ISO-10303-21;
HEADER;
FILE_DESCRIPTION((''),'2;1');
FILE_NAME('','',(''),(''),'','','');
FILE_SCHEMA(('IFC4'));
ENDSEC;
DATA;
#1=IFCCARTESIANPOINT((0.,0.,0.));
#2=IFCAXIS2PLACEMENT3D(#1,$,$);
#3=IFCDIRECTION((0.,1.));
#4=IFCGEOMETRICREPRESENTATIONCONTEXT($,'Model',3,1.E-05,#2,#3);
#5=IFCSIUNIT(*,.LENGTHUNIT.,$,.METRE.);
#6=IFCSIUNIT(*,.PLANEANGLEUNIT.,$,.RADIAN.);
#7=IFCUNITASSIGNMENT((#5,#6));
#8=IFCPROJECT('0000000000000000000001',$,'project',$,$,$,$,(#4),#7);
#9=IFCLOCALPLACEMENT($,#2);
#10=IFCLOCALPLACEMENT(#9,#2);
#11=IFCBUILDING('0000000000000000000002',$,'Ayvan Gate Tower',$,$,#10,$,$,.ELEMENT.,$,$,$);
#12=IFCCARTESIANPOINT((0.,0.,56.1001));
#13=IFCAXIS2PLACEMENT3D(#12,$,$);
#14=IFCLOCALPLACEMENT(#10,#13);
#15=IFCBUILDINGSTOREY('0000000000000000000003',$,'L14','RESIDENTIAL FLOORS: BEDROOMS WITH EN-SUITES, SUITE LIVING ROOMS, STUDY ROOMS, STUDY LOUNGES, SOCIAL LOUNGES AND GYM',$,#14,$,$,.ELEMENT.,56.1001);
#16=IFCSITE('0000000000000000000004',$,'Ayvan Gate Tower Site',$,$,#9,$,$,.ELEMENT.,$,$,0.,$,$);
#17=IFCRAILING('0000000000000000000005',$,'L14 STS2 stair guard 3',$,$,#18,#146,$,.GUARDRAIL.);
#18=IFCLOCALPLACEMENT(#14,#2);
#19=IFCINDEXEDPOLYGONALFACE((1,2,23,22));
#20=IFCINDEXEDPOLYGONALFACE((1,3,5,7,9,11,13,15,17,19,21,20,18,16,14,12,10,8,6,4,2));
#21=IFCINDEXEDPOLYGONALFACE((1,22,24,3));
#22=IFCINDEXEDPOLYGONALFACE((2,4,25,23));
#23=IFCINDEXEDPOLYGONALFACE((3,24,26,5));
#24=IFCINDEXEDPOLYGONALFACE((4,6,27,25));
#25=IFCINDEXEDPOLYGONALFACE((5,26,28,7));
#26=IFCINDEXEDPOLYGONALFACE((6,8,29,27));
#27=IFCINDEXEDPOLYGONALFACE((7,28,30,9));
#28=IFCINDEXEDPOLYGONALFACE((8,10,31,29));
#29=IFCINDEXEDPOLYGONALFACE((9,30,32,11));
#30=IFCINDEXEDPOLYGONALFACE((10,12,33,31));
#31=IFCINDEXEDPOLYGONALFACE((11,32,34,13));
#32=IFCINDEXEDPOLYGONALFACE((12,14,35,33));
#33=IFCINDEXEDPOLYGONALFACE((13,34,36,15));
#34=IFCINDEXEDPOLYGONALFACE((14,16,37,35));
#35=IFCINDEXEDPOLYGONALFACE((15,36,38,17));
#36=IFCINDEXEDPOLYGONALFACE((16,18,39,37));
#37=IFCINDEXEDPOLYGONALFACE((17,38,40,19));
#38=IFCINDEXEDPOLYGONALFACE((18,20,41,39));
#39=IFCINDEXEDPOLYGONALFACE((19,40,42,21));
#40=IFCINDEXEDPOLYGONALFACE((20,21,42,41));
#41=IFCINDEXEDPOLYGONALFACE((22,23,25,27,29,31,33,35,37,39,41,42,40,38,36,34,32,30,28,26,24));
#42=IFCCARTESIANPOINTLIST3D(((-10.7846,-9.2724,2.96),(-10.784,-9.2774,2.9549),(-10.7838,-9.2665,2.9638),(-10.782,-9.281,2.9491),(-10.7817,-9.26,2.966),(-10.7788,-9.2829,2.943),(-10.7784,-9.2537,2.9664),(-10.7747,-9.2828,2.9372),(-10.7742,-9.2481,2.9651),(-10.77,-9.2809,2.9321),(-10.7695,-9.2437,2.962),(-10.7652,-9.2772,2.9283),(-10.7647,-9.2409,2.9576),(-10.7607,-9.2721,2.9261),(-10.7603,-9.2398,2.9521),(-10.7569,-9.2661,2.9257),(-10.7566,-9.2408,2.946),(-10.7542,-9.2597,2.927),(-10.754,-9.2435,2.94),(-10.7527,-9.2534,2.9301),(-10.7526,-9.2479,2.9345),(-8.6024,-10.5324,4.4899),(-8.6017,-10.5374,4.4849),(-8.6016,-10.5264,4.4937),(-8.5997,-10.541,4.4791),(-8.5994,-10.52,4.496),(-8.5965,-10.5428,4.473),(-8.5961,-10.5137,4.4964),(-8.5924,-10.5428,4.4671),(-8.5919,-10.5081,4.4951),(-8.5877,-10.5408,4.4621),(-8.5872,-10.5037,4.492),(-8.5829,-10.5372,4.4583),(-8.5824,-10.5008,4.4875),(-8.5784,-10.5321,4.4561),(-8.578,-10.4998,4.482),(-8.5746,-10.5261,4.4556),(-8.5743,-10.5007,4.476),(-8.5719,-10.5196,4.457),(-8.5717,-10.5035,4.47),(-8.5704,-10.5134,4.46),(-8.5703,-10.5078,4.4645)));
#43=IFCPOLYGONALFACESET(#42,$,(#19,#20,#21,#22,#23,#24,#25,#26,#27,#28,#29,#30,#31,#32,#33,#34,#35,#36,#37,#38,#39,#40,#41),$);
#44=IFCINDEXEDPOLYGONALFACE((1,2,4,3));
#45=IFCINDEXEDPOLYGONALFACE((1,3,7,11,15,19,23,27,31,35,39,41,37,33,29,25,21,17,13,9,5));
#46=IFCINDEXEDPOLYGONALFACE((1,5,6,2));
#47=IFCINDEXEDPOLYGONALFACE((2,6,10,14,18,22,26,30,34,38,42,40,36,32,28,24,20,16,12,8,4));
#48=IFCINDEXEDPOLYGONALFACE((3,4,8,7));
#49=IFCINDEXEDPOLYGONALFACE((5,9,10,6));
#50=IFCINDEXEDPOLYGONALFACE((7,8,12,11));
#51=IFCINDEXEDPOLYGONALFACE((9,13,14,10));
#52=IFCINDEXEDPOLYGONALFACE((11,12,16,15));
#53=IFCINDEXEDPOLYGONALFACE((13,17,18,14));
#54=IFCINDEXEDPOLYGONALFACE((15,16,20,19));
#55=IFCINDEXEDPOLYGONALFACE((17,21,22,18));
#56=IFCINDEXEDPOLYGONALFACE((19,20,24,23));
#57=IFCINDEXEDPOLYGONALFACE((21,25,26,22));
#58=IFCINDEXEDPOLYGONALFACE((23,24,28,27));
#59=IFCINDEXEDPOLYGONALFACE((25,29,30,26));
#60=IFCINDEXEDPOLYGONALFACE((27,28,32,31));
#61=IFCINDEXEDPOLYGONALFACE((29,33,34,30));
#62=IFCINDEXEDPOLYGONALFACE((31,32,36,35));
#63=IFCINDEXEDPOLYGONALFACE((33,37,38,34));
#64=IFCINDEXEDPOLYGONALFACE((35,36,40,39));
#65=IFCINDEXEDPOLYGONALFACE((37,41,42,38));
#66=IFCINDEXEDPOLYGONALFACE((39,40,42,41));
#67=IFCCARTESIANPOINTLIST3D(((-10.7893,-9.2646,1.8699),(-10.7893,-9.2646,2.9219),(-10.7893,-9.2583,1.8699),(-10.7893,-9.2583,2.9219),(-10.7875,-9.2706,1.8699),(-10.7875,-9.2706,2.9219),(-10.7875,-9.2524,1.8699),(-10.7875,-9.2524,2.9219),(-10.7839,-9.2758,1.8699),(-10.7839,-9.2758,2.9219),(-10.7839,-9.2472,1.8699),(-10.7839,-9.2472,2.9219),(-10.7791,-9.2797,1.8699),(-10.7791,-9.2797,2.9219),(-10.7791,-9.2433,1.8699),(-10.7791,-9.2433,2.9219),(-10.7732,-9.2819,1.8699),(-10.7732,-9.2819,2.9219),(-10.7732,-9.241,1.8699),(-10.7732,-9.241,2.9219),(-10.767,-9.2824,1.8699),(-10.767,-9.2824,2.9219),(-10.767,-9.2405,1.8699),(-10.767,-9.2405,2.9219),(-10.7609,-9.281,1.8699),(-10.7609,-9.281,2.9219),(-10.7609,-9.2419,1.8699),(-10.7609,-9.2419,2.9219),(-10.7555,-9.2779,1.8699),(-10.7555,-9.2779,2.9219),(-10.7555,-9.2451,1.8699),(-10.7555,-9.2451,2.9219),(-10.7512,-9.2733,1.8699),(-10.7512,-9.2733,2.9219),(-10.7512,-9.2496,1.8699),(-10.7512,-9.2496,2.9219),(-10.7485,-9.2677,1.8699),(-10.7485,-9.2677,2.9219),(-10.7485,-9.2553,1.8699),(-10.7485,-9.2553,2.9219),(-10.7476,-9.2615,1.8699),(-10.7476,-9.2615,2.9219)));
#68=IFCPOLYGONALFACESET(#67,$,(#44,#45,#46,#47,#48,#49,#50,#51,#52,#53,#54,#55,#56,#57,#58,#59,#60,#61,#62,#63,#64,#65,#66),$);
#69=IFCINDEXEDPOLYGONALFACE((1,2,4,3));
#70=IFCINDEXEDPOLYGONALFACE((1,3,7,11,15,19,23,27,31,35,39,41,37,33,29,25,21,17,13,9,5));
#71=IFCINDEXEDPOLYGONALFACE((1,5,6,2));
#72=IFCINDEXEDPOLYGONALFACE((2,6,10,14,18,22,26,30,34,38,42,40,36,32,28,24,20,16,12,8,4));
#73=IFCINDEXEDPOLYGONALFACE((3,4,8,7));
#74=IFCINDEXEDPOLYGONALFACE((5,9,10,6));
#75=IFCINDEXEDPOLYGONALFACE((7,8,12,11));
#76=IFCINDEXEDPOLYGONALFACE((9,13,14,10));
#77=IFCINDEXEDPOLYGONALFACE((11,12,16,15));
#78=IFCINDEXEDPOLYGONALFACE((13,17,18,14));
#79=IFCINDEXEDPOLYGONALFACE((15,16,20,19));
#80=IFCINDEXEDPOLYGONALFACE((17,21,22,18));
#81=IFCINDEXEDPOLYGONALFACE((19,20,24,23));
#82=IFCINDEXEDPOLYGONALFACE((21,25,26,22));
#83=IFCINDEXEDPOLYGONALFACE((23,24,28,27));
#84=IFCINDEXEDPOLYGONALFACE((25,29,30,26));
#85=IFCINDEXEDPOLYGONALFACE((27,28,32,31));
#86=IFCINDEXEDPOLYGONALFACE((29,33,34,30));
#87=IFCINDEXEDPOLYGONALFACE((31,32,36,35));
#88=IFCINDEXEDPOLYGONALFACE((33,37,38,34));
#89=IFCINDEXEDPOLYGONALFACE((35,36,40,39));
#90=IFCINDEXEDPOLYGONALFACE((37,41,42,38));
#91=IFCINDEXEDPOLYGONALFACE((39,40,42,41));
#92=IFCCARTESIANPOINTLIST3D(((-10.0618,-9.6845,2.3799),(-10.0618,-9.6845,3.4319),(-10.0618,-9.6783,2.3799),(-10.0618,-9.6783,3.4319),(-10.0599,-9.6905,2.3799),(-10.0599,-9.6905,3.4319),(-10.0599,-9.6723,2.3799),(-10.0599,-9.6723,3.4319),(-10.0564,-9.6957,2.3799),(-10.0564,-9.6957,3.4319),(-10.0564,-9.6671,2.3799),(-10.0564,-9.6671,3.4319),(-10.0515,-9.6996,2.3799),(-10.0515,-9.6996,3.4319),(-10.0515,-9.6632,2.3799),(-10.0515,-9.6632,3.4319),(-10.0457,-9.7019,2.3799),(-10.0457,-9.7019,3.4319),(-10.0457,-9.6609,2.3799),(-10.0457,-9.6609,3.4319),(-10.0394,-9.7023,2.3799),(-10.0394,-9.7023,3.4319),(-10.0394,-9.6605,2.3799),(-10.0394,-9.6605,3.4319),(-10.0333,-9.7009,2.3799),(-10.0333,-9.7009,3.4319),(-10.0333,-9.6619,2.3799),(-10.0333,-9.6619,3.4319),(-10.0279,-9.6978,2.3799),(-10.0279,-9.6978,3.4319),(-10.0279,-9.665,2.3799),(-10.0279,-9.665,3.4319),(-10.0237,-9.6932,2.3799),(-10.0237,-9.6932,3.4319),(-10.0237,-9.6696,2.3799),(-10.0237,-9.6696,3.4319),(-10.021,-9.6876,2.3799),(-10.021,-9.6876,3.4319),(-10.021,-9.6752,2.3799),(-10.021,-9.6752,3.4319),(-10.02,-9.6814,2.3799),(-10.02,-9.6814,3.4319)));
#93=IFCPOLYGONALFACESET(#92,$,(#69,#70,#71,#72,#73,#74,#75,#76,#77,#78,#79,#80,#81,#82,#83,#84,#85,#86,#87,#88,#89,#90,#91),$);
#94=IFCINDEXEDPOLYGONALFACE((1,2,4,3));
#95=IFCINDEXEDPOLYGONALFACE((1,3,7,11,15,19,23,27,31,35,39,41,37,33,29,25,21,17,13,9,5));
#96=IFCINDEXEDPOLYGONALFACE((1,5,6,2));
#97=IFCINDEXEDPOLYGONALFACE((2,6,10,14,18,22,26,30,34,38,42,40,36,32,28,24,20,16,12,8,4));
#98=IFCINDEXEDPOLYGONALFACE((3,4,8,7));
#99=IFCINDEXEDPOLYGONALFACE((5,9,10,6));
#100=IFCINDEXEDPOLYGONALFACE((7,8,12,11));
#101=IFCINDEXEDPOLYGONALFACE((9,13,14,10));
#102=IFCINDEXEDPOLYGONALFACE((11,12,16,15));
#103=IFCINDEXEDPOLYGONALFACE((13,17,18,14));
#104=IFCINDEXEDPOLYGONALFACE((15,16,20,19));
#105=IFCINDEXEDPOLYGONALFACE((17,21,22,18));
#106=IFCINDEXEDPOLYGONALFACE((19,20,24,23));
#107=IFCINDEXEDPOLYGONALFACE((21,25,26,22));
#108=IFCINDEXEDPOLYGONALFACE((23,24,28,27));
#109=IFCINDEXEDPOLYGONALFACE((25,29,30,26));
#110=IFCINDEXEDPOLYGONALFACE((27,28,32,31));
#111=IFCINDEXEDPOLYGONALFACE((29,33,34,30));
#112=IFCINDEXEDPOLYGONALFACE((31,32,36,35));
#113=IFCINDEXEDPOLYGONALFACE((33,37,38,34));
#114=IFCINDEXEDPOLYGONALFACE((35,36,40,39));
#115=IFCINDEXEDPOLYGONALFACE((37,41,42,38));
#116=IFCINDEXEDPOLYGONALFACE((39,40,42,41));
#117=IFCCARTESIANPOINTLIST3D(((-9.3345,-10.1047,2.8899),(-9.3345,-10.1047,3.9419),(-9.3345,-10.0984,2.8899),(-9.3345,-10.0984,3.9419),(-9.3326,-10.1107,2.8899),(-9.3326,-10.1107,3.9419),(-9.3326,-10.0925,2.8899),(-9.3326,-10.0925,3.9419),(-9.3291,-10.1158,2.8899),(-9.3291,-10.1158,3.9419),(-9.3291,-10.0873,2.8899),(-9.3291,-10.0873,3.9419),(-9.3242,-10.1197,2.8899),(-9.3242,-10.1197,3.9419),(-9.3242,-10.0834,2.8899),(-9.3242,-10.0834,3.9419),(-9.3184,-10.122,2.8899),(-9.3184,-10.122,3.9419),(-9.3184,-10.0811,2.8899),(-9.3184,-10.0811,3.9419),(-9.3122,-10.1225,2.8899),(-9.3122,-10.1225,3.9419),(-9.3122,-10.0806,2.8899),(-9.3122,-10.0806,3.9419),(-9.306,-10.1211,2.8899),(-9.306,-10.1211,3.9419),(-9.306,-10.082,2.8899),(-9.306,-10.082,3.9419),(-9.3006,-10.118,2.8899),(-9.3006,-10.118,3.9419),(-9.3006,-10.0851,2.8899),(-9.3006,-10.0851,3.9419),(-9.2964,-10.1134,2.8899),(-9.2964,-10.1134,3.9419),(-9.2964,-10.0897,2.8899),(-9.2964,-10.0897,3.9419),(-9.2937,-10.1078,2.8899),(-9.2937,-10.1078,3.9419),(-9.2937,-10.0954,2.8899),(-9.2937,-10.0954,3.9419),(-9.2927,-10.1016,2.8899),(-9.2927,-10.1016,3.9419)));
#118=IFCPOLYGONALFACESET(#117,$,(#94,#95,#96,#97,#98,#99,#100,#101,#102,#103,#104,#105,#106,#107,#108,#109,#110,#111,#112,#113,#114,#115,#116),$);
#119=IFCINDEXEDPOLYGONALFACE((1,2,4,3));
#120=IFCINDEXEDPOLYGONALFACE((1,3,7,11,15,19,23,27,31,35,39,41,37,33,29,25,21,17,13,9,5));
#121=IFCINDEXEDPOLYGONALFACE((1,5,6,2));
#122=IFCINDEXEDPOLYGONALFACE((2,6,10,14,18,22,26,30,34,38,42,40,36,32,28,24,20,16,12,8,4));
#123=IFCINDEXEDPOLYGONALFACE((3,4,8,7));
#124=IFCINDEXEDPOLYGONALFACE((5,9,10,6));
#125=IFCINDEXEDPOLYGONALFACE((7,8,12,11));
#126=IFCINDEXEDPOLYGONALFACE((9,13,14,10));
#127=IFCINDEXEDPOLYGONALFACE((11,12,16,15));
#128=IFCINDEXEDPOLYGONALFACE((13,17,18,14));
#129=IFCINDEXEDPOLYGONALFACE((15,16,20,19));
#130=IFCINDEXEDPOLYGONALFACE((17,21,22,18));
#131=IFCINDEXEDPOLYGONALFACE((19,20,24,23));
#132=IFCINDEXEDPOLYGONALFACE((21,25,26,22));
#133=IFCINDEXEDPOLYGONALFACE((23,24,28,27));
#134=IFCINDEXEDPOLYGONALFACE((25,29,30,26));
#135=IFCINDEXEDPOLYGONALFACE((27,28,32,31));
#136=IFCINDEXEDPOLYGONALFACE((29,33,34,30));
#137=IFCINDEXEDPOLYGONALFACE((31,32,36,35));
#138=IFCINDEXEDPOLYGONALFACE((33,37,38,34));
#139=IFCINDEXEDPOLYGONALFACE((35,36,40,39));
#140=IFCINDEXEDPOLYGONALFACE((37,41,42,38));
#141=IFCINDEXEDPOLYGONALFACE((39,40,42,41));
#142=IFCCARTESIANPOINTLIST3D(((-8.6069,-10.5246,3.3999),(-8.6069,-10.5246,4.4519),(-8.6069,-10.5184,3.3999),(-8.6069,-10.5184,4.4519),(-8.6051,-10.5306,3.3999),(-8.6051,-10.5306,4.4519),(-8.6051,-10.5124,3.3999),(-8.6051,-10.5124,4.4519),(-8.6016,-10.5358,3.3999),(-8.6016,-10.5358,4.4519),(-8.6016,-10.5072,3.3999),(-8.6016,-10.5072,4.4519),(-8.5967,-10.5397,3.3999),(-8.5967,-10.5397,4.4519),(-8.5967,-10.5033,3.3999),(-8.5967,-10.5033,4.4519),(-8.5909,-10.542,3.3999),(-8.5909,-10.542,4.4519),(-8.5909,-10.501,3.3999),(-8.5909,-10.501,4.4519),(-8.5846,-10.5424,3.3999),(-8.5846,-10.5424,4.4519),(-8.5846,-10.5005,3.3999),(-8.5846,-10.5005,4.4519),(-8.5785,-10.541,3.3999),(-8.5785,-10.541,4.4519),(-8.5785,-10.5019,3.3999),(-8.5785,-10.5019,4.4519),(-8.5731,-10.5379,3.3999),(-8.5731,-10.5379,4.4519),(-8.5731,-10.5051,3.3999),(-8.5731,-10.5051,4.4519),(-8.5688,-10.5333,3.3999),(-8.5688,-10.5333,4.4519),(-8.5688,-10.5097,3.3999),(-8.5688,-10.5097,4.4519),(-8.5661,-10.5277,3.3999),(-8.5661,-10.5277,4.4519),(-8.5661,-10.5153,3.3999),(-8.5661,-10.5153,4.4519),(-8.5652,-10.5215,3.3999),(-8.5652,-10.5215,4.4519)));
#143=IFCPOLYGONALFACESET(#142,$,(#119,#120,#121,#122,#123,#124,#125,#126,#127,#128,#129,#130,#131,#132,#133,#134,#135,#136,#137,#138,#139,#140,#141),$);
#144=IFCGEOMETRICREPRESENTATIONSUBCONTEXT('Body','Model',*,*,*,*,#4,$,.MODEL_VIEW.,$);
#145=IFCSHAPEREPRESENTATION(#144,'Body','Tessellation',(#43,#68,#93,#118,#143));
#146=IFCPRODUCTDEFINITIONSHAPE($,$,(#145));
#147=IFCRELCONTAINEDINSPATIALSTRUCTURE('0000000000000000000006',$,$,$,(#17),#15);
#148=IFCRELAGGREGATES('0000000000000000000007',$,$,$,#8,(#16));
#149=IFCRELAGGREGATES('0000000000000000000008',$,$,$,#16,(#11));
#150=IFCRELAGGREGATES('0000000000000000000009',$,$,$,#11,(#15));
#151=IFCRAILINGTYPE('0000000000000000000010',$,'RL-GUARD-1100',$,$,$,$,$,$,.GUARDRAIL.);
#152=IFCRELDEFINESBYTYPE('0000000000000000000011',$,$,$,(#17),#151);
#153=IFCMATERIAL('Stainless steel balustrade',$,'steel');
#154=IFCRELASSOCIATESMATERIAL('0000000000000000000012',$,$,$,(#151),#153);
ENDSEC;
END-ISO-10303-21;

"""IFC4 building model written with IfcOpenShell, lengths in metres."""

from ifc_helpers import new_model, si_unit, direction, frame, origin, origin_2d, place, context, subcontext, project, spatial, circle, extrude, material, type_object, element, save


model = new_model("IFC4")

# Units and contexts
model_context = context("Model", 3, precision=1e-05, world=origin(), true_north=direction((0.0, 1.0)))
body_context = subcontext(model_context, "Body", "Model", "MODEL_VIEW")
ifc_project = project(units=[si_unit("LENGTHUNIT", "METRE"), si_unit("PLANEANGLEUNIT", "RADIAN")], contexts=[model_context])

# Site, building, storey
site_placement = place(None, origin())
site = spatial("IfcSite", under=ifc_project, at=site_placement, Name="Ayvan Gate Tower Site", CompositionType="ELEMENT", RefElevation=0.0)
building_placement = place(site_placement, origin())
building = spatial("IfcBuilding", under=site, at=building_placement, Name="Ayvan Gate Tower", CompositionType="ELEMENT")
storey_placement = place(building_placement, frame((0.0, 0.0, 56.1001)))
storey = spatial("IfcBuildingStorey", under=building, at=storey_placement, Name="L14", Description="RESIDENTIAL FLOORS: BEDROOMS WITH EN-SUITES, SUITE LIVING ROOMS, STUDY ROOMS, STUDY LOUNGES, SOCIAL LOUNGES AND GYM", CompositionType="ELEMENT", Elevation=56.1001)

# Railing
ifc_material_1 = material(Name="Stainless steel balustrade", Category="steel")
railing_type_1 = type_object("IfcRailingType", Name="RL-GUARD-1100", PredefinedType="GUARDRAIL", material=ifc_material_1)
railing_1_placement = place(storey_placement, frame((-10.7686, -9.2615, 1.8699)))
element("IfcRailing", 1, at=railing_1_placement, inside=storey, type_object=railing_type_1, Name="L14 STS2 stair guard 3", PredefinedType="GUARDRAIL", context=body_context, shape_type="SweptSolid", body=[
    extrude(circle(Radius=0.0239, at=origin_2d()), frame((0.0, 0.0, 1.0762), z_axis=(0.740261, -0.427395, 0.518986), x_axis=(0.500005, 0.866023, 0.0)), (0.0, 0.0, 1.0), 2.948),
    extrude(circle(Radius=0.021, at=origin_2d()), origin(), (0.0, 0.0, 1.0), 1.052),
    extrude(circle(Radius=0.021, at=origin_2d()), frame((0.7275, -0.4199, 0.51)), (0.0, 0.0, 1.0), 1.052),
    extrude(circle(Radius=0.021, at=origin_2d()), frame((1.4548, -0.8401, 1.02)), (0.0, 0.0, 1.0), 1.052),
    extrude(circle(Radius=0.021, at=origin_2d()), frame((2.1824, -1.26, 1.53)), (0.0, 0.0, 1.0), 1.052),
])

save(model, "model.ifc")
